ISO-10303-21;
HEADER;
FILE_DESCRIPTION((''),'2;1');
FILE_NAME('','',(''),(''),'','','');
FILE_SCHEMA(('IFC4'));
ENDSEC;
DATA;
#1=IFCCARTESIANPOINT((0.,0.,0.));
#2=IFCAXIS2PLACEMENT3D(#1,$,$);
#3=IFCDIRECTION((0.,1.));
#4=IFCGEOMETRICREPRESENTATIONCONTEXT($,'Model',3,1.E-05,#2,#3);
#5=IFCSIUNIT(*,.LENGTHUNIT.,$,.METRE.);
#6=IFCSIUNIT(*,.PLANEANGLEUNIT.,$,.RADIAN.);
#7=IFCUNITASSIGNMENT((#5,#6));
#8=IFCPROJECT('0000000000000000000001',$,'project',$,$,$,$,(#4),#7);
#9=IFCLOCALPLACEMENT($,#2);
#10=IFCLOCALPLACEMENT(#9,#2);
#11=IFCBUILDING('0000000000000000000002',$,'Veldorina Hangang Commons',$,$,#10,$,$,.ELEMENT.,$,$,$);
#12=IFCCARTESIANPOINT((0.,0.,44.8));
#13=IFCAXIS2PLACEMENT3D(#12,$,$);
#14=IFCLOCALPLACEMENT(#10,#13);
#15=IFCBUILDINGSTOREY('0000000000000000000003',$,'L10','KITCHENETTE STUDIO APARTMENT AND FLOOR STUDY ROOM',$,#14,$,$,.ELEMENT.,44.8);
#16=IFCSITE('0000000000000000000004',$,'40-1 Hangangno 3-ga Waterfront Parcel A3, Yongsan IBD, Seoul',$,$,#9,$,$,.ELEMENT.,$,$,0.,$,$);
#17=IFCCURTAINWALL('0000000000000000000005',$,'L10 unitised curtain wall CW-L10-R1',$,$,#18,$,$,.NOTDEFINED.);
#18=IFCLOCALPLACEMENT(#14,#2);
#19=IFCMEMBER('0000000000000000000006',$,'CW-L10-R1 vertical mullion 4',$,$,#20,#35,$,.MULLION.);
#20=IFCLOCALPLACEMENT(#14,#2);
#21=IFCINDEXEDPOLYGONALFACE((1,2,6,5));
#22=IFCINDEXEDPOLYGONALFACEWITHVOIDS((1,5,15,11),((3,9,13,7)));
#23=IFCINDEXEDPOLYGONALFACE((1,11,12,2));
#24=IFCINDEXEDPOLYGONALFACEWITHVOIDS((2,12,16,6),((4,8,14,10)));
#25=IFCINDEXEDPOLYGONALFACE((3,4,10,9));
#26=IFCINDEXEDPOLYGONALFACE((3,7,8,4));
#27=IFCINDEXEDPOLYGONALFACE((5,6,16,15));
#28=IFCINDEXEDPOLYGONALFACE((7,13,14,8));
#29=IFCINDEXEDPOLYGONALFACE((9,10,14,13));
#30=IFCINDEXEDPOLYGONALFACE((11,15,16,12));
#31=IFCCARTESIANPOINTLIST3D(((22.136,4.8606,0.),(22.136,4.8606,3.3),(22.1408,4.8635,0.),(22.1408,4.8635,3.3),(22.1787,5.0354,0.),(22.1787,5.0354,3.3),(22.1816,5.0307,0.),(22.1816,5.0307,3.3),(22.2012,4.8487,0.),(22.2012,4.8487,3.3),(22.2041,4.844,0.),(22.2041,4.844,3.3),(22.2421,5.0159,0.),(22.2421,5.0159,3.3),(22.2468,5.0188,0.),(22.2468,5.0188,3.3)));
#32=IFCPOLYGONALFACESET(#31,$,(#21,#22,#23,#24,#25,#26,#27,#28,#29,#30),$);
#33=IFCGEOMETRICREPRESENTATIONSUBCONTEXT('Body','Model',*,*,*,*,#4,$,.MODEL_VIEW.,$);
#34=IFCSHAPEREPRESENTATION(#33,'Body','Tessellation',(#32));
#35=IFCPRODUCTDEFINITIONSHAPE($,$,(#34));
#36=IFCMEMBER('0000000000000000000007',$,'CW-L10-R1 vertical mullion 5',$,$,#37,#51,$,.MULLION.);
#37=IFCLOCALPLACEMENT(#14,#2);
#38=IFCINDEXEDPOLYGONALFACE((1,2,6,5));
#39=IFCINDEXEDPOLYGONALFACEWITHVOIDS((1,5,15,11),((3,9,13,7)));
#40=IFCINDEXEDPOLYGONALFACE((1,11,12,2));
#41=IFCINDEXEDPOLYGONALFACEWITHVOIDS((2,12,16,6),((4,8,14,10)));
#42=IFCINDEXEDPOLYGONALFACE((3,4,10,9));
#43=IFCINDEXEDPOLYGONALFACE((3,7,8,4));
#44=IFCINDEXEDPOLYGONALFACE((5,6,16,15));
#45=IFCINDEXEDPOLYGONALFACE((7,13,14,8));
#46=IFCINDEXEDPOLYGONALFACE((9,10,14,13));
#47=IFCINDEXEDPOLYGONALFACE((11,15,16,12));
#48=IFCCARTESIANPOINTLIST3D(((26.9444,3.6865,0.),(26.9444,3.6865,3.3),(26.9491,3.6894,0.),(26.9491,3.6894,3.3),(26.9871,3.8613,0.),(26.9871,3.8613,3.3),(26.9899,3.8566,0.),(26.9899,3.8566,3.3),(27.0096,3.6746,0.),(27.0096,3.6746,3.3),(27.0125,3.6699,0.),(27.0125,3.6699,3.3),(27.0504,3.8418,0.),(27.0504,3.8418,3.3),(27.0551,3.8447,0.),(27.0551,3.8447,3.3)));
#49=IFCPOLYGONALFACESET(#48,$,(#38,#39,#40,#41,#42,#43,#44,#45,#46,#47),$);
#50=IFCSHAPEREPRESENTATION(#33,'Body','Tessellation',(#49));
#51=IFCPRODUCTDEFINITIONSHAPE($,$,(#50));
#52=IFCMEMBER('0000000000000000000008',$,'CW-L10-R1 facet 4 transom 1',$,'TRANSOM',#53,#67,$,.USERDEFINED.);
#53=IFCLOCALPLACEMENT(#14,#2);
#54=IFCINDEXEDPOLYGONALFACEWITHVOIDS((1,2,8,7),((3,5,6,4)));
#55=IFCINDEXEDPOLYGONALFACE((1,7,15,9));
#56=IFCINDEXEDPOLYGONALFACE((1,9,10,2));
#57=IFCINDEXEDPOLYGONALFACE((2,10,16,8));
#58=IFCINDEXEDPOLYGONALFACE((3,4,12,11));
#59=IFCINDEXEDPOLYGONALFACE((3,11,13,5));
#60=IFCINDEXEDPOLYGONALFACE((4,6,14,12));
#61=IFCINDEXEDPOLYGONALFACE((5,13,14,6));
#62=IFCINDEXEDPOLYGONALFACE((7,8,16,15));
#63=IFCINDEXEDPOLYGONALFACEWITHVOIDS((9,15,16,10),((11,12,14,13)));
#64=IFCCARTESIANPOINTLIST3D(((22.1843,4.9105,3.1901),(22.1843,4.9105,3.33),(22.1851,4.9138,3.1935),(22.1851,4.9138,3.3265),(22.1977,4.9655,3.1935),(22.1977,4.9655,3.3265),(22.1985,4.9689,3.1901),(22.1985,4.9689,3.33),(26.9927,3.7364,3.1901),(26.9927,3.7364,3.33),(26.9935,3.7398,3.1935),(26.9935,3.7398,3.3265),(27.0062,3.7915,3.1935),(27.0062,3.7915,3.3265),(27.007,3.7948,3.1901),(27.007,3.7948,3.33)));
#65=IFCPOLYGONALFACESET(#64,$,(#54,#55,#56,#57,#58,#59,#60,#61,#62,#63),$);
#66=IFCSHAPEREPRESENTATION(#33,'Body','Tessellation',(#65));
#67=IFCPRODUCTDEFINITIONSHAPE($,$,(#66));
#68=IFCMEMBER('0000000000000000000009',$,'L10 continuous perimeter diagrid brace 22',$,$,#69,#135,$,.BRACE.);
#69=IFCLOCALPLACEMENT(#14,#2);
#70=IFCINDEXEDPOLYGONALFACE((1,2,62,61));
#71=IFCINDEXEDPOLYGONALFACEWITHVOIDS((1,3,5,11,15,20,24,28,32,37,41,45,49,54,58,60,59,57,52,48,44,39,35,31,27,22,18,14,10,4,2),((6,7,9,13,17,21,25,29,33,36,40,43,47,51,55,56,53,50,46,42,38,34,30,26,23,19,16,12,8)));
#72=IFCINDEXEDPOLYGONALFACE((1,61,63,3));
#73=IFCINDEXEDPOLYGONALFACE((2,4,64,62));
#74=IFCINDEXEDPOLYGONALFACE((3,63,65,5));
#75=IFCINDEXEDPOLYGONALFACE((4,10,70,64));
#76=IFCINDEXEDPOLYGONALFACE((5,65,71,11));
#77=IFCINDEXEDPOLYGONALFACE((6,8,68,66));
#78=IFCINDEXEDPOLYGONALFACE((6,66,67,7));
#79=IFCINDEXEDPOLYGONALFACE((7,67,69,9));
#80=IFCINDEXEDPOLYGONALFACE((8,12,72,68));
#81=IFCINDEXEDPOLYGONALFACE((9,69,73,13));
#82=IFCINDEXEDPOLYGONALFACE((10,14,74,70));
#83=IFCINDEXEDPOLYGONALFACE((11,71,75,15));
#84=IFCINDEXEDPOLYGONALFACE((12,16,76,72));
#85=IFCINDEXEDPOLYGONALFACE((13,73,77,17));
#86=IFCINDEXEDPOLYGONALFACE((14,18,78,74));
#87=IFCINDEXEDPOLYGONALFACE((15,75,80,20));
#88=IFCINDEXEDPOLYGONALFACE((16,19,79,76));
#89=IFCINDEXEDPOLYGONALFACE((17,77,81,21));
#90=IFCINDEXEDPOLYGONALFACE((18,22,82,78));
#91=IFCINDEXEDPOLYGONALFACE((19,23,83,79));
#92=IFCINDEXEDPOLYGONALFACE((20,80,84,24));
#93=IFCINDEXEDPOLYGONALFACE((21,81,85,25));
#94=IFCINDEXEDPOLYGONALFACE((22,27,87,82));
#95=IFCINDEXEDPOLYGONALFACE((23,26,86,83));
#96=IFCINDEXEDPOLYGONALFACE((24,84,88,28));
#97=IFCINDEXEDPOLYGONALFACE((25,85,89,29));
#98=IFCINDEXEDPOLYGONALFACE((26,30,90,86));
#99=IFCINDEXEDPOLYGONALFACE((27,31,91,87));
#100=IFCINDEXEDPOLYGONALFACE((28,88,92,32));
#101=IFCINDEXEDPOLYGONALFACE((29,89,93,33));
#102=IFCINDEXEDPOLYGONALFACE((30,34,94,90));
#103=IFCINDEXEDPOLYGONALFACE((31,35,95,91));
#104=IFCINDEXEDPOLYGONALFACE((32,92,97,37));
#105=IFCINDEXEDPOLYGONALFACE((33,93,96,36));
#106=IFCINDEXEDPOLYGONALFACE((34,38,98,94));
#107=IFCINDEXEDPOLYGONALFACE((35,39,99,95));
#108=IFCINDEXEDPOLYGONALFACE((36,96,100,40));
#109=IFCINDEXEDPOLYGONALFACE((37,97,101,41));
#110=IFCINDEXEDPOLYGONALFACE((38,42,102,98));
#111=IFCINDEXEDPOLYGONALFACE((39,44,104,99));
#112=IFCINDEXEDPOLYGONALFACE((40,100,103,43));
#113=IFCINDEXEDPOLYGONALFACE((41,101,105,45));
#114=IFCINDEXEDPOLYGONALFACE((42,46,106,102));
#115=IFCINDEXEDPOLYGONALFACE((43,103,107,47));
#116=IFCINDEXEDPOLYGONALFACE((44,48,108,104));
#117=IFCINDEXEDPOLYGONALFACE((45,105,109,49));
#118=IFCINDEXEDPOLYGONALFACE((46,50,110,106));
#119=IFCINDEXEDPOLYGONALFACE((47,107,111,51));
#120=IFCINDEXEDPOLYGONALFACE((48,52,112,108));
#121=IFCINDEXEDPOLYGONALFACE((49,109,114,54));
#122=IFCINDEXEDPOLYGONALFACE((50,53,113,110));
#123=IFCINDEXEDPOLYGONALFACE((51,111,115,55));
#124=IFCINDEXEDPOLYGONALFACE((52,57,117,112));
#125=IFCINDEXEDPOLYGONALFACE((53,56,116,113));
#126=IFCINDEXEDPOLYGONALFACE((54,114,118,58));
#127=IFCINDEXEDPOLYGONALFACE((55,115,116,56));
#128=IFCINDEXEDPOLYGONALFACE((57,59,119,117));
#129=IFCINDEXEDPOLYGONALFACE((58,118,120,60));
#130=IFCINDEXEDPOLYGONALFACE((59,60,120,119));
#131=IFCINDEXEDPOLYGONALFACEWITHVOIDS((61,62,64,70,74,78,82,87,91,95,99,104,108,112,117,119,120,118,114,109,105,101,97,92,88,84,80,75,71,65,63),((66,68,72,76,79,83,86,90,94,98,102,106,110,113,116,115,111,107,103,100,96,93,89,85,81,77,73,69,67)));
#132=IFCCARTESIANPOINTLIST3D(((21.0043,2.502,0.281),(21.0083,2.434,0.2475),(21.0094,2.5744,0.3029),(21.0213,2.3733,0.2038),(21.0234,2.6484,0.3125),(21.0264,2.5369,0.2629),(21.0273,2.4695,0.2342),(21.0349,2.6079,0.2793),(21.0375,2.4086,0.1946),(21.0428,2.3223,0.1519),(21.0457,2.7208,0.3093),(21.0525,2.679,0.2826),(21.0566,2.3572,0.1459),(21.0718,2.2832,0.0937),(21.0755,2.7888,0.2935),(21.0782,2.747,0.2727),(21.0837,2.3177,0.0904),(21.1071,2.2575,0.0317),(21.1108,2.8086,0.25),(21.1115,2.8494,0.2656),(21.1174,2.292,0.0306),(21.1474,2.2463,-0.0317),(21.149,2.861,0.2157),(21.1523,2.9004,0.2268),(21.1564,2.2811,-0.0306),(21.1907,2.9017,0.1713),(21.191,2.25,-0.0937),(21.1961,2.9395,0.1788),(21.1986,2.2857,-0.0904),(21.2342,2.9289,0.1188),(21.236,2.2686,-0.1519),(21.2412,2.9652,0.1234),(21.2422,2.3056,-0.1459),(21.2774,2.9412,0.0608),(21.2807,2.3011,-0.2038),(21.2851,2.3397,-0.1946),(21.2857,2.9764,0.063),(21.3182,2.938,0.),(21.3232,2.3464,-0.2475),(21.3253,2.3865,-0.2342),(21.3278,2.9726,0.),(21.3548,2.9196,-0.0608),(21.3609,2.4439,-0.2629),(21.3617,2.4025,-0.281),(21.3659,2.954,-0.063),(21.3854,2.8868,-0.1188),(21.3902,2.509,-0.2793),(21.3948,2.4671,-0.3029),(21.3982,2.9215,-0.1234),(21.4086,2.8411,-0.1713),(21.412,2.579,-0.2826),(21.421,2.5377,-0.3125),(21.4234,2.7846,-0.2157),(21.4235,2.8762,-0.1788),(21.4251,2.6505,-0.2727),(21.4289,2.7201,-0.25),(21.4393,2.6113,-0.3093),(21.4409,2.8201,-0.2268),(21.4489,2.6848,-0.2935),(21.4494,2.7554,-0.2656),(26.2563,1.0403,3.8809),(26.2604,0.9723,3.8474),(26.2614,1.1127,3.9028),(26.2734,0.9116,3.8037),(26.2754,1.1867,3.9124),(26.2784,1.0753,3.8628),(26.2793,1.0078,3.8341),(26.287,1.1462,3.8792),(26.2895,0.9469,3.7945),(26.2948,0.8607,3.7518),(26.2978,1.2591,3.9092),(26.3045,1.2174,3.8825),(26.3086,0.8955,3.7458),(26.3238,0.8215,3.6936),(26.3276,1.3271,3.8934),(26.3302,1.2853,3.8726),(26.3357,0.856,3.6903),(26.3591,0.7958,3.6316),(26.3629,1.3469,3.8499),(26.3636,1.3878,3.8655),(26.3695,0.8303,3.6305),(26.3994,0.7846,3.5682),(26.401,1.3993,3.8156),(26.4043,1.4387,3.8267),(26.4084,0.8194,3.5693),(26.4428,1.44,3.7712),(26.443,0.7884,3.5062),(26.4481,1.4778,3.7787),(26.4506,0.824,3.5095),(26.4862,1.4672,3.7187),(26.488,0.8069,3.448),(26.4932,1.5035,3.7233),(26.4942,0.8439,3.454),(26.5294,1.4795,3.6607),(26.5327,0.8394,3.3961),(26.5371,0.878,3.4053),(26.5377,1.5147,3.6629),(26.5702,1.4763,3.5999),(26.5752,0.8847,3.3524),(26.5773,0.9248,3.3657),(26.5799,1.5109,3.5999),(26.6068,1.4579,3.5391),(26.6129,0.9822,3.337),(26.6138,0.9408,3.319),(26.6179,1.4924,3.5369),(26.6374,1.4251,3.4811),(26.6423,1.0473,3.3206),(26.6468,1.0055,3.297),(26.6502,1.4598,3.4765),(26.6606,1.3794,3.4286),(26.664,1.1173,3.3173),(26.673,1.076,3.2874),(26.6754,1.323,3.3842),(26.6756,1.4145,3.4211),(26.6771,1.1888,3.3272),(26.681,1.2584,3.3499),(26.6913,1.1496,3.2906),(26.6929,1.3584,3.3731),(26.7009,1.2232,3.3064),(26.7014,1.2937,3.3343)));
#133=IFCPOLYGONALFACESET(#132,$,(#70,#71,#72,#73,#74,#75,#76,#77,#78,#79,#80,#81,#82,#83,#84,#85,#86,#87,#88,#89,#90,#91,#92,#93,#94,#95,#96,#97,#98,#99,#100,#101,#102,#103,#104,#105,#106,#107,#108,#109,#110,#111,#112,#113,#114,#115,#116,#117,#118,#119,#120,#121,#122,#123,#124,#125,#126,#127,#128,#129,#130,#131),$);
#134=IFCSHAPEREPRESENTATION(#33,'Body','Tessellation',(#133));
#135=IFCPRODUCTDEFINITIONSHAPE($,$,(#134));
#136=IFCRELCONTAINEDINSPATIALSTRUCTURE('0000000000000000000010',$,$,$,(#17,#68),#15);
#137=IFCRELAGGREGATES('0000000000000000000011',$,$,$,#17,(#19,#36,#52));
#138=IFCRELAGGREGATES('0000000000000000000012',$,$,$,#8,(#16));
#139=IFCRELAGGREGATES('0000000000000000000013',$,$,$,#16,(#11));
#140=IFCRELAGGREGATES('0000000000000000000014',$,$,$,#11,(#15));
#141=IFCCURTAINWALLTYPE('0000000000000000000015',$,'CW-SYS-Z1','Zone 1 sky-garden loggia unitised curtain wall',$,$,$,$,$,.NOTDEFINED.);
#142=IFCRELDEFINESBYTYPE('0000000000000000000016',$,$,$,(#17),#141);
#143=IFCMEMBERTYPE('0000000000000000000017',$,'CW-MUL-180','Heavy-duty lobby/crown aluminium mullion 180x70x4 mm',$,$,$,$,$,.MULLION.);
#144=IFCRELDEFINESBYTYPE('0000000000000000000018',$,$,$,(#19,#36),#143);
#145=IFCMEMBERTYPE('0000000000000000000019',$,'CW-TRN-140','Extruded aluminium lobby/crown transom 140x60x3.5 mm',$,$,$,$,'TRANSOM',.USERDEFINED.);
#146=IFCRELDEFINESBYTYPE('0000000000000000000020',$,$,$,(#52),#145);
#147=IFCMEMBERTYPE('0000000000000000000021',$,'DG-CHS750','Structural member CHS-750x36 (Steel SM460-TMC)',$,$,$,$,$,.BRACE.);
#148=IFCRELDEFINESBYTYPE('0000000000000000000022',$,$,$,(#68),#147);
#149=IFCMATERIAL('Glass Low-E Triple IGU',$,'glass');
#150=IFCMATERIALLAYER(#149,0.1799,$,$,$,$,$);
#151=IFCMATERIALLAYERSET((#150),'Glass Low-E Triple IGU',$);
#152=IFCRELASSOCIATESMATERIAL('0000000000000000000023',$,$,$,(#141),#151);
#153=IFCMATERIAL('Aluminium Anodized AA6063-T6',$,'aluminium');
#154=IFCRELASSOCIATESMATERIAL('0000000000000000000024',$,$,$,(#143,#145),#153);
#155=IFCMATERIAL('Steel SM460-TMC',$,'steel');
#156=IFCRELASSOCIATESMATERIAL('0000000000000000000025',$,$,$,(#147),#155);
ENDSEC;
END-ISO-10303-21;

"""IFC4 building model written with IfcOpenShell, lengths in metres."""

from ifc_helpers import new_model, si_unit, direction, frame, origin, origin_2d, place, context, subcontext, project, spatial, hollow_rectangle, hollow_circle, extrude, material, layer, layer_set, material_profile, profile_set, type_object, element, aggregate, save


model = new_model("IFC4")

# Units and contexts
model_context = context("Model", 3, precision=1e-05, world=origin(), true_north=direction((0.0, 1.0)))
body_context = subcontext(model_context, "Body", "Model", "MODEL_VIEW")
ifc_project = project(units=[si_unit("LENGTHUNIT", "METRE"), si_unit("PLANEANGLEUNIT", "RADIAN")], contexts=[model_context])

# Site, building, storey
site_placement = place(None, origin())
site = spatial("IfcSite", under=ifc_project, at=site_placement, Name="40-1 Hangangno 3-ga Waterfront Parcel A3, Yongsan IBD, Seoul", CompositionType="ELEMENT", RefElevation=0.0)
building_placement = place(site_placement, origin())
building = spatial("IfcBuilding", under=site, at=building_placement, Name="Veldorina Hangang Commons", CompositionType="ELEMENT")
storey_placement = place(building_placement, frame((0.0, 0.0, 44.8)))
storey = spatial("IfcBuildingStorey", under=building, at=storey_placement, Name="L10", Description="KITCHENETTE STUDIO APARTMENT AND FLOOR STUDY ROOM", CompositionType="ELEMENT", Elevation=44.8)

# Shared definitions
ifc_material_1 = material(Name="Steel SM460-TMC", Category="steel")

# Curtain wall, members
ifc_material_2 = material(Name="Glass Low-E Triple IGU", Category="glass")
ifc_layer_1 = layer(ifc_material_2, 0.1799)
ifc_layer_set_1 = layer_set([ifc_layer_1], Name="Glass Low-E Triple IGU")
curtain_wall_type = type_object("IfcCurtainWallType", Name="CW-SYS-Z1", Description="Zone 1 sky-garden loggia unitised curtain wall", PredefinedType="NOTDEFINED", material=ifc_layer_set_1)
curtain_wall_placement = place(storey_placement, origin())
curtain_wall = element("IfcCurtainWall", 1, at=curtain_wall_placement, inside=storey, type_object=curtain_wall_type, Name="L10 unitised curtain wall CW-L10-R1", PredefinedType="NOTDEFINED")
ifc_material_3 = material(Name="Aluminium Anodized AA6063-T6", Category="aluminium")
ifc_material_profile_1 = material_profile(ifc_material_3, hollow_rectangle(XDim=0.0701, YDim=0.1799, WallThickness=0.0039, at=origin_2d()), Name="ALU-RHS-180x70x4")
ifc_profile_set_1 = profile_set([ifc_material_profile_1], Name="Aluminium Anodized AA6063-T6")
member_type_1 = type_object("IfcMemberType", Name="CW-MUL-180", Description="Heavy-duty lobby/crown aluminium mullion 180x70x4 mm", PredefinedType="MULLION", material=ifc_profile_set_1)
member_1_placement = place(storey_placement, frame((22.1914, 4.9397, 0.0), z_axis=(0.0, 0.0, 1.0), x_axis=(0.971462, -0.237194, 0.0)))
member_1 = element("IfcMember", 2, at=member_1_placement, type_object=member_type_1, Name="CW-L10-R1 vertical mullion 4", PredefinedType="MULLION", context=body_context, shape_type="SweptSolid", body=[
    extrude(hollow_rectangle(XDim=0.0701, YDim=0.1799, WallThickness=0.0039, at=origin_2d()), origin(), (0.0, 0.0, 1.0), 3.3),
])
member_2_placement = place(storey_placement, frame((26.9998, 3.7656, 0.0), z_axis=(0.0, 0.0, 1.0), x_axis=(-0.971462, 0.237194, 0.0)))
member_2 = element("IfcMember", 3, at=member_2_placement, type_object=member_type_1, Name="CW-L10-R1 vertical mullion 5", PredefinedType="MULLION", context=body_context, shape_type="SweptSolid", body=[
    extrude(hollow_rectangle(XDim=0.0701, YDim=0.1799, WallThickness=0.0039, at=origin_2d()), origin(), (0.0, 0.0, 1.0), 3.3),
])
ifc_material_profile_2 = material_profile(ifc_material_3, hollow_rectangle(XDim=0.0601, YDim=0.1399, WallThickness=0.0034, at=origin_2d()), Name="ALU-RHS-140x60x3.5")
ifc_profile_set_2 = profile_set([ifc_material_profile_2], Name="Aluminium Anodized AA6063-T6")
member_type_2 = type_object("IfcMemberType", Name="CW-TRN-140", Description="Extruded aluminium lobby/crown transom 140x60x3.5 mm", ElementType="TRANSOM", PredefinedType="USERDEFINED", material=ifc_profile_set_2)
member_3_placement = place(storey_placement, frame((22.1914, 4.9397, 3.26), z_axis=(0.97146, -0.237205, 0.0), x_axis=(0.237205, 0.97146, 0.0)))
member_3 = element("IfcMember", 4, at=member_3_placement, type_object=member_type_2, Name="CW-L10-R1 facet 4 transom 1", ObjectType="TRANSOM", PredefinedType="USERDEFINED", context=body_context, shape_type="SweptSolid", body=[
    extrude(hollow_rectangle(XDim=0.0601, YDim=0.1399, WallThickness=0.0034, at=origin_2d()), origin(), (0.0, 0.0, 1.0), 4.9497),
])

# Member
ifc_material_profile_3 = material_profile(ifc_material_1, hollow_circle(Radius=0.375, WallThickness=0.0359, at=origin_2d()), Name="CHS-750x36")
ifc_profile_set_3 = profile_set([ifc_material_profile_3], Name="Steel SM460-TMC")
member_type_3 = type_object("IfcMemberType", Name="DG-CHS750", Description="Structural member CHS-750x36 (Steel SM460-TMC)", PredefinedType="BRACE", material=ifc_profile_set_3)
member_4_placement = place(storey_placement, frame((21.2273, 2.6113, 0.0), z_axis=(0.803927, -0.223741, 0.551037), x_axis=(0.26812, 0.963386, 0.0)))
element("IfcMember", 5, at=member_4_placement, inside=storey, type_object=member_type_3, Name="L10 continuous perimeter diagrid brace 22", PredefinedType="BRACE", context=body_context, shape_type="SweptSolid", body=[
    extrude(hollow_circle(Radius=0.375, WallThickness=0.0359, at=origin_2d()), origin(), (0.0, 0.0, 1.0), 6.533),
])

aggregate(curtain_wall, [member_1, member_2, member_3])

save(model, "model.ifc")
